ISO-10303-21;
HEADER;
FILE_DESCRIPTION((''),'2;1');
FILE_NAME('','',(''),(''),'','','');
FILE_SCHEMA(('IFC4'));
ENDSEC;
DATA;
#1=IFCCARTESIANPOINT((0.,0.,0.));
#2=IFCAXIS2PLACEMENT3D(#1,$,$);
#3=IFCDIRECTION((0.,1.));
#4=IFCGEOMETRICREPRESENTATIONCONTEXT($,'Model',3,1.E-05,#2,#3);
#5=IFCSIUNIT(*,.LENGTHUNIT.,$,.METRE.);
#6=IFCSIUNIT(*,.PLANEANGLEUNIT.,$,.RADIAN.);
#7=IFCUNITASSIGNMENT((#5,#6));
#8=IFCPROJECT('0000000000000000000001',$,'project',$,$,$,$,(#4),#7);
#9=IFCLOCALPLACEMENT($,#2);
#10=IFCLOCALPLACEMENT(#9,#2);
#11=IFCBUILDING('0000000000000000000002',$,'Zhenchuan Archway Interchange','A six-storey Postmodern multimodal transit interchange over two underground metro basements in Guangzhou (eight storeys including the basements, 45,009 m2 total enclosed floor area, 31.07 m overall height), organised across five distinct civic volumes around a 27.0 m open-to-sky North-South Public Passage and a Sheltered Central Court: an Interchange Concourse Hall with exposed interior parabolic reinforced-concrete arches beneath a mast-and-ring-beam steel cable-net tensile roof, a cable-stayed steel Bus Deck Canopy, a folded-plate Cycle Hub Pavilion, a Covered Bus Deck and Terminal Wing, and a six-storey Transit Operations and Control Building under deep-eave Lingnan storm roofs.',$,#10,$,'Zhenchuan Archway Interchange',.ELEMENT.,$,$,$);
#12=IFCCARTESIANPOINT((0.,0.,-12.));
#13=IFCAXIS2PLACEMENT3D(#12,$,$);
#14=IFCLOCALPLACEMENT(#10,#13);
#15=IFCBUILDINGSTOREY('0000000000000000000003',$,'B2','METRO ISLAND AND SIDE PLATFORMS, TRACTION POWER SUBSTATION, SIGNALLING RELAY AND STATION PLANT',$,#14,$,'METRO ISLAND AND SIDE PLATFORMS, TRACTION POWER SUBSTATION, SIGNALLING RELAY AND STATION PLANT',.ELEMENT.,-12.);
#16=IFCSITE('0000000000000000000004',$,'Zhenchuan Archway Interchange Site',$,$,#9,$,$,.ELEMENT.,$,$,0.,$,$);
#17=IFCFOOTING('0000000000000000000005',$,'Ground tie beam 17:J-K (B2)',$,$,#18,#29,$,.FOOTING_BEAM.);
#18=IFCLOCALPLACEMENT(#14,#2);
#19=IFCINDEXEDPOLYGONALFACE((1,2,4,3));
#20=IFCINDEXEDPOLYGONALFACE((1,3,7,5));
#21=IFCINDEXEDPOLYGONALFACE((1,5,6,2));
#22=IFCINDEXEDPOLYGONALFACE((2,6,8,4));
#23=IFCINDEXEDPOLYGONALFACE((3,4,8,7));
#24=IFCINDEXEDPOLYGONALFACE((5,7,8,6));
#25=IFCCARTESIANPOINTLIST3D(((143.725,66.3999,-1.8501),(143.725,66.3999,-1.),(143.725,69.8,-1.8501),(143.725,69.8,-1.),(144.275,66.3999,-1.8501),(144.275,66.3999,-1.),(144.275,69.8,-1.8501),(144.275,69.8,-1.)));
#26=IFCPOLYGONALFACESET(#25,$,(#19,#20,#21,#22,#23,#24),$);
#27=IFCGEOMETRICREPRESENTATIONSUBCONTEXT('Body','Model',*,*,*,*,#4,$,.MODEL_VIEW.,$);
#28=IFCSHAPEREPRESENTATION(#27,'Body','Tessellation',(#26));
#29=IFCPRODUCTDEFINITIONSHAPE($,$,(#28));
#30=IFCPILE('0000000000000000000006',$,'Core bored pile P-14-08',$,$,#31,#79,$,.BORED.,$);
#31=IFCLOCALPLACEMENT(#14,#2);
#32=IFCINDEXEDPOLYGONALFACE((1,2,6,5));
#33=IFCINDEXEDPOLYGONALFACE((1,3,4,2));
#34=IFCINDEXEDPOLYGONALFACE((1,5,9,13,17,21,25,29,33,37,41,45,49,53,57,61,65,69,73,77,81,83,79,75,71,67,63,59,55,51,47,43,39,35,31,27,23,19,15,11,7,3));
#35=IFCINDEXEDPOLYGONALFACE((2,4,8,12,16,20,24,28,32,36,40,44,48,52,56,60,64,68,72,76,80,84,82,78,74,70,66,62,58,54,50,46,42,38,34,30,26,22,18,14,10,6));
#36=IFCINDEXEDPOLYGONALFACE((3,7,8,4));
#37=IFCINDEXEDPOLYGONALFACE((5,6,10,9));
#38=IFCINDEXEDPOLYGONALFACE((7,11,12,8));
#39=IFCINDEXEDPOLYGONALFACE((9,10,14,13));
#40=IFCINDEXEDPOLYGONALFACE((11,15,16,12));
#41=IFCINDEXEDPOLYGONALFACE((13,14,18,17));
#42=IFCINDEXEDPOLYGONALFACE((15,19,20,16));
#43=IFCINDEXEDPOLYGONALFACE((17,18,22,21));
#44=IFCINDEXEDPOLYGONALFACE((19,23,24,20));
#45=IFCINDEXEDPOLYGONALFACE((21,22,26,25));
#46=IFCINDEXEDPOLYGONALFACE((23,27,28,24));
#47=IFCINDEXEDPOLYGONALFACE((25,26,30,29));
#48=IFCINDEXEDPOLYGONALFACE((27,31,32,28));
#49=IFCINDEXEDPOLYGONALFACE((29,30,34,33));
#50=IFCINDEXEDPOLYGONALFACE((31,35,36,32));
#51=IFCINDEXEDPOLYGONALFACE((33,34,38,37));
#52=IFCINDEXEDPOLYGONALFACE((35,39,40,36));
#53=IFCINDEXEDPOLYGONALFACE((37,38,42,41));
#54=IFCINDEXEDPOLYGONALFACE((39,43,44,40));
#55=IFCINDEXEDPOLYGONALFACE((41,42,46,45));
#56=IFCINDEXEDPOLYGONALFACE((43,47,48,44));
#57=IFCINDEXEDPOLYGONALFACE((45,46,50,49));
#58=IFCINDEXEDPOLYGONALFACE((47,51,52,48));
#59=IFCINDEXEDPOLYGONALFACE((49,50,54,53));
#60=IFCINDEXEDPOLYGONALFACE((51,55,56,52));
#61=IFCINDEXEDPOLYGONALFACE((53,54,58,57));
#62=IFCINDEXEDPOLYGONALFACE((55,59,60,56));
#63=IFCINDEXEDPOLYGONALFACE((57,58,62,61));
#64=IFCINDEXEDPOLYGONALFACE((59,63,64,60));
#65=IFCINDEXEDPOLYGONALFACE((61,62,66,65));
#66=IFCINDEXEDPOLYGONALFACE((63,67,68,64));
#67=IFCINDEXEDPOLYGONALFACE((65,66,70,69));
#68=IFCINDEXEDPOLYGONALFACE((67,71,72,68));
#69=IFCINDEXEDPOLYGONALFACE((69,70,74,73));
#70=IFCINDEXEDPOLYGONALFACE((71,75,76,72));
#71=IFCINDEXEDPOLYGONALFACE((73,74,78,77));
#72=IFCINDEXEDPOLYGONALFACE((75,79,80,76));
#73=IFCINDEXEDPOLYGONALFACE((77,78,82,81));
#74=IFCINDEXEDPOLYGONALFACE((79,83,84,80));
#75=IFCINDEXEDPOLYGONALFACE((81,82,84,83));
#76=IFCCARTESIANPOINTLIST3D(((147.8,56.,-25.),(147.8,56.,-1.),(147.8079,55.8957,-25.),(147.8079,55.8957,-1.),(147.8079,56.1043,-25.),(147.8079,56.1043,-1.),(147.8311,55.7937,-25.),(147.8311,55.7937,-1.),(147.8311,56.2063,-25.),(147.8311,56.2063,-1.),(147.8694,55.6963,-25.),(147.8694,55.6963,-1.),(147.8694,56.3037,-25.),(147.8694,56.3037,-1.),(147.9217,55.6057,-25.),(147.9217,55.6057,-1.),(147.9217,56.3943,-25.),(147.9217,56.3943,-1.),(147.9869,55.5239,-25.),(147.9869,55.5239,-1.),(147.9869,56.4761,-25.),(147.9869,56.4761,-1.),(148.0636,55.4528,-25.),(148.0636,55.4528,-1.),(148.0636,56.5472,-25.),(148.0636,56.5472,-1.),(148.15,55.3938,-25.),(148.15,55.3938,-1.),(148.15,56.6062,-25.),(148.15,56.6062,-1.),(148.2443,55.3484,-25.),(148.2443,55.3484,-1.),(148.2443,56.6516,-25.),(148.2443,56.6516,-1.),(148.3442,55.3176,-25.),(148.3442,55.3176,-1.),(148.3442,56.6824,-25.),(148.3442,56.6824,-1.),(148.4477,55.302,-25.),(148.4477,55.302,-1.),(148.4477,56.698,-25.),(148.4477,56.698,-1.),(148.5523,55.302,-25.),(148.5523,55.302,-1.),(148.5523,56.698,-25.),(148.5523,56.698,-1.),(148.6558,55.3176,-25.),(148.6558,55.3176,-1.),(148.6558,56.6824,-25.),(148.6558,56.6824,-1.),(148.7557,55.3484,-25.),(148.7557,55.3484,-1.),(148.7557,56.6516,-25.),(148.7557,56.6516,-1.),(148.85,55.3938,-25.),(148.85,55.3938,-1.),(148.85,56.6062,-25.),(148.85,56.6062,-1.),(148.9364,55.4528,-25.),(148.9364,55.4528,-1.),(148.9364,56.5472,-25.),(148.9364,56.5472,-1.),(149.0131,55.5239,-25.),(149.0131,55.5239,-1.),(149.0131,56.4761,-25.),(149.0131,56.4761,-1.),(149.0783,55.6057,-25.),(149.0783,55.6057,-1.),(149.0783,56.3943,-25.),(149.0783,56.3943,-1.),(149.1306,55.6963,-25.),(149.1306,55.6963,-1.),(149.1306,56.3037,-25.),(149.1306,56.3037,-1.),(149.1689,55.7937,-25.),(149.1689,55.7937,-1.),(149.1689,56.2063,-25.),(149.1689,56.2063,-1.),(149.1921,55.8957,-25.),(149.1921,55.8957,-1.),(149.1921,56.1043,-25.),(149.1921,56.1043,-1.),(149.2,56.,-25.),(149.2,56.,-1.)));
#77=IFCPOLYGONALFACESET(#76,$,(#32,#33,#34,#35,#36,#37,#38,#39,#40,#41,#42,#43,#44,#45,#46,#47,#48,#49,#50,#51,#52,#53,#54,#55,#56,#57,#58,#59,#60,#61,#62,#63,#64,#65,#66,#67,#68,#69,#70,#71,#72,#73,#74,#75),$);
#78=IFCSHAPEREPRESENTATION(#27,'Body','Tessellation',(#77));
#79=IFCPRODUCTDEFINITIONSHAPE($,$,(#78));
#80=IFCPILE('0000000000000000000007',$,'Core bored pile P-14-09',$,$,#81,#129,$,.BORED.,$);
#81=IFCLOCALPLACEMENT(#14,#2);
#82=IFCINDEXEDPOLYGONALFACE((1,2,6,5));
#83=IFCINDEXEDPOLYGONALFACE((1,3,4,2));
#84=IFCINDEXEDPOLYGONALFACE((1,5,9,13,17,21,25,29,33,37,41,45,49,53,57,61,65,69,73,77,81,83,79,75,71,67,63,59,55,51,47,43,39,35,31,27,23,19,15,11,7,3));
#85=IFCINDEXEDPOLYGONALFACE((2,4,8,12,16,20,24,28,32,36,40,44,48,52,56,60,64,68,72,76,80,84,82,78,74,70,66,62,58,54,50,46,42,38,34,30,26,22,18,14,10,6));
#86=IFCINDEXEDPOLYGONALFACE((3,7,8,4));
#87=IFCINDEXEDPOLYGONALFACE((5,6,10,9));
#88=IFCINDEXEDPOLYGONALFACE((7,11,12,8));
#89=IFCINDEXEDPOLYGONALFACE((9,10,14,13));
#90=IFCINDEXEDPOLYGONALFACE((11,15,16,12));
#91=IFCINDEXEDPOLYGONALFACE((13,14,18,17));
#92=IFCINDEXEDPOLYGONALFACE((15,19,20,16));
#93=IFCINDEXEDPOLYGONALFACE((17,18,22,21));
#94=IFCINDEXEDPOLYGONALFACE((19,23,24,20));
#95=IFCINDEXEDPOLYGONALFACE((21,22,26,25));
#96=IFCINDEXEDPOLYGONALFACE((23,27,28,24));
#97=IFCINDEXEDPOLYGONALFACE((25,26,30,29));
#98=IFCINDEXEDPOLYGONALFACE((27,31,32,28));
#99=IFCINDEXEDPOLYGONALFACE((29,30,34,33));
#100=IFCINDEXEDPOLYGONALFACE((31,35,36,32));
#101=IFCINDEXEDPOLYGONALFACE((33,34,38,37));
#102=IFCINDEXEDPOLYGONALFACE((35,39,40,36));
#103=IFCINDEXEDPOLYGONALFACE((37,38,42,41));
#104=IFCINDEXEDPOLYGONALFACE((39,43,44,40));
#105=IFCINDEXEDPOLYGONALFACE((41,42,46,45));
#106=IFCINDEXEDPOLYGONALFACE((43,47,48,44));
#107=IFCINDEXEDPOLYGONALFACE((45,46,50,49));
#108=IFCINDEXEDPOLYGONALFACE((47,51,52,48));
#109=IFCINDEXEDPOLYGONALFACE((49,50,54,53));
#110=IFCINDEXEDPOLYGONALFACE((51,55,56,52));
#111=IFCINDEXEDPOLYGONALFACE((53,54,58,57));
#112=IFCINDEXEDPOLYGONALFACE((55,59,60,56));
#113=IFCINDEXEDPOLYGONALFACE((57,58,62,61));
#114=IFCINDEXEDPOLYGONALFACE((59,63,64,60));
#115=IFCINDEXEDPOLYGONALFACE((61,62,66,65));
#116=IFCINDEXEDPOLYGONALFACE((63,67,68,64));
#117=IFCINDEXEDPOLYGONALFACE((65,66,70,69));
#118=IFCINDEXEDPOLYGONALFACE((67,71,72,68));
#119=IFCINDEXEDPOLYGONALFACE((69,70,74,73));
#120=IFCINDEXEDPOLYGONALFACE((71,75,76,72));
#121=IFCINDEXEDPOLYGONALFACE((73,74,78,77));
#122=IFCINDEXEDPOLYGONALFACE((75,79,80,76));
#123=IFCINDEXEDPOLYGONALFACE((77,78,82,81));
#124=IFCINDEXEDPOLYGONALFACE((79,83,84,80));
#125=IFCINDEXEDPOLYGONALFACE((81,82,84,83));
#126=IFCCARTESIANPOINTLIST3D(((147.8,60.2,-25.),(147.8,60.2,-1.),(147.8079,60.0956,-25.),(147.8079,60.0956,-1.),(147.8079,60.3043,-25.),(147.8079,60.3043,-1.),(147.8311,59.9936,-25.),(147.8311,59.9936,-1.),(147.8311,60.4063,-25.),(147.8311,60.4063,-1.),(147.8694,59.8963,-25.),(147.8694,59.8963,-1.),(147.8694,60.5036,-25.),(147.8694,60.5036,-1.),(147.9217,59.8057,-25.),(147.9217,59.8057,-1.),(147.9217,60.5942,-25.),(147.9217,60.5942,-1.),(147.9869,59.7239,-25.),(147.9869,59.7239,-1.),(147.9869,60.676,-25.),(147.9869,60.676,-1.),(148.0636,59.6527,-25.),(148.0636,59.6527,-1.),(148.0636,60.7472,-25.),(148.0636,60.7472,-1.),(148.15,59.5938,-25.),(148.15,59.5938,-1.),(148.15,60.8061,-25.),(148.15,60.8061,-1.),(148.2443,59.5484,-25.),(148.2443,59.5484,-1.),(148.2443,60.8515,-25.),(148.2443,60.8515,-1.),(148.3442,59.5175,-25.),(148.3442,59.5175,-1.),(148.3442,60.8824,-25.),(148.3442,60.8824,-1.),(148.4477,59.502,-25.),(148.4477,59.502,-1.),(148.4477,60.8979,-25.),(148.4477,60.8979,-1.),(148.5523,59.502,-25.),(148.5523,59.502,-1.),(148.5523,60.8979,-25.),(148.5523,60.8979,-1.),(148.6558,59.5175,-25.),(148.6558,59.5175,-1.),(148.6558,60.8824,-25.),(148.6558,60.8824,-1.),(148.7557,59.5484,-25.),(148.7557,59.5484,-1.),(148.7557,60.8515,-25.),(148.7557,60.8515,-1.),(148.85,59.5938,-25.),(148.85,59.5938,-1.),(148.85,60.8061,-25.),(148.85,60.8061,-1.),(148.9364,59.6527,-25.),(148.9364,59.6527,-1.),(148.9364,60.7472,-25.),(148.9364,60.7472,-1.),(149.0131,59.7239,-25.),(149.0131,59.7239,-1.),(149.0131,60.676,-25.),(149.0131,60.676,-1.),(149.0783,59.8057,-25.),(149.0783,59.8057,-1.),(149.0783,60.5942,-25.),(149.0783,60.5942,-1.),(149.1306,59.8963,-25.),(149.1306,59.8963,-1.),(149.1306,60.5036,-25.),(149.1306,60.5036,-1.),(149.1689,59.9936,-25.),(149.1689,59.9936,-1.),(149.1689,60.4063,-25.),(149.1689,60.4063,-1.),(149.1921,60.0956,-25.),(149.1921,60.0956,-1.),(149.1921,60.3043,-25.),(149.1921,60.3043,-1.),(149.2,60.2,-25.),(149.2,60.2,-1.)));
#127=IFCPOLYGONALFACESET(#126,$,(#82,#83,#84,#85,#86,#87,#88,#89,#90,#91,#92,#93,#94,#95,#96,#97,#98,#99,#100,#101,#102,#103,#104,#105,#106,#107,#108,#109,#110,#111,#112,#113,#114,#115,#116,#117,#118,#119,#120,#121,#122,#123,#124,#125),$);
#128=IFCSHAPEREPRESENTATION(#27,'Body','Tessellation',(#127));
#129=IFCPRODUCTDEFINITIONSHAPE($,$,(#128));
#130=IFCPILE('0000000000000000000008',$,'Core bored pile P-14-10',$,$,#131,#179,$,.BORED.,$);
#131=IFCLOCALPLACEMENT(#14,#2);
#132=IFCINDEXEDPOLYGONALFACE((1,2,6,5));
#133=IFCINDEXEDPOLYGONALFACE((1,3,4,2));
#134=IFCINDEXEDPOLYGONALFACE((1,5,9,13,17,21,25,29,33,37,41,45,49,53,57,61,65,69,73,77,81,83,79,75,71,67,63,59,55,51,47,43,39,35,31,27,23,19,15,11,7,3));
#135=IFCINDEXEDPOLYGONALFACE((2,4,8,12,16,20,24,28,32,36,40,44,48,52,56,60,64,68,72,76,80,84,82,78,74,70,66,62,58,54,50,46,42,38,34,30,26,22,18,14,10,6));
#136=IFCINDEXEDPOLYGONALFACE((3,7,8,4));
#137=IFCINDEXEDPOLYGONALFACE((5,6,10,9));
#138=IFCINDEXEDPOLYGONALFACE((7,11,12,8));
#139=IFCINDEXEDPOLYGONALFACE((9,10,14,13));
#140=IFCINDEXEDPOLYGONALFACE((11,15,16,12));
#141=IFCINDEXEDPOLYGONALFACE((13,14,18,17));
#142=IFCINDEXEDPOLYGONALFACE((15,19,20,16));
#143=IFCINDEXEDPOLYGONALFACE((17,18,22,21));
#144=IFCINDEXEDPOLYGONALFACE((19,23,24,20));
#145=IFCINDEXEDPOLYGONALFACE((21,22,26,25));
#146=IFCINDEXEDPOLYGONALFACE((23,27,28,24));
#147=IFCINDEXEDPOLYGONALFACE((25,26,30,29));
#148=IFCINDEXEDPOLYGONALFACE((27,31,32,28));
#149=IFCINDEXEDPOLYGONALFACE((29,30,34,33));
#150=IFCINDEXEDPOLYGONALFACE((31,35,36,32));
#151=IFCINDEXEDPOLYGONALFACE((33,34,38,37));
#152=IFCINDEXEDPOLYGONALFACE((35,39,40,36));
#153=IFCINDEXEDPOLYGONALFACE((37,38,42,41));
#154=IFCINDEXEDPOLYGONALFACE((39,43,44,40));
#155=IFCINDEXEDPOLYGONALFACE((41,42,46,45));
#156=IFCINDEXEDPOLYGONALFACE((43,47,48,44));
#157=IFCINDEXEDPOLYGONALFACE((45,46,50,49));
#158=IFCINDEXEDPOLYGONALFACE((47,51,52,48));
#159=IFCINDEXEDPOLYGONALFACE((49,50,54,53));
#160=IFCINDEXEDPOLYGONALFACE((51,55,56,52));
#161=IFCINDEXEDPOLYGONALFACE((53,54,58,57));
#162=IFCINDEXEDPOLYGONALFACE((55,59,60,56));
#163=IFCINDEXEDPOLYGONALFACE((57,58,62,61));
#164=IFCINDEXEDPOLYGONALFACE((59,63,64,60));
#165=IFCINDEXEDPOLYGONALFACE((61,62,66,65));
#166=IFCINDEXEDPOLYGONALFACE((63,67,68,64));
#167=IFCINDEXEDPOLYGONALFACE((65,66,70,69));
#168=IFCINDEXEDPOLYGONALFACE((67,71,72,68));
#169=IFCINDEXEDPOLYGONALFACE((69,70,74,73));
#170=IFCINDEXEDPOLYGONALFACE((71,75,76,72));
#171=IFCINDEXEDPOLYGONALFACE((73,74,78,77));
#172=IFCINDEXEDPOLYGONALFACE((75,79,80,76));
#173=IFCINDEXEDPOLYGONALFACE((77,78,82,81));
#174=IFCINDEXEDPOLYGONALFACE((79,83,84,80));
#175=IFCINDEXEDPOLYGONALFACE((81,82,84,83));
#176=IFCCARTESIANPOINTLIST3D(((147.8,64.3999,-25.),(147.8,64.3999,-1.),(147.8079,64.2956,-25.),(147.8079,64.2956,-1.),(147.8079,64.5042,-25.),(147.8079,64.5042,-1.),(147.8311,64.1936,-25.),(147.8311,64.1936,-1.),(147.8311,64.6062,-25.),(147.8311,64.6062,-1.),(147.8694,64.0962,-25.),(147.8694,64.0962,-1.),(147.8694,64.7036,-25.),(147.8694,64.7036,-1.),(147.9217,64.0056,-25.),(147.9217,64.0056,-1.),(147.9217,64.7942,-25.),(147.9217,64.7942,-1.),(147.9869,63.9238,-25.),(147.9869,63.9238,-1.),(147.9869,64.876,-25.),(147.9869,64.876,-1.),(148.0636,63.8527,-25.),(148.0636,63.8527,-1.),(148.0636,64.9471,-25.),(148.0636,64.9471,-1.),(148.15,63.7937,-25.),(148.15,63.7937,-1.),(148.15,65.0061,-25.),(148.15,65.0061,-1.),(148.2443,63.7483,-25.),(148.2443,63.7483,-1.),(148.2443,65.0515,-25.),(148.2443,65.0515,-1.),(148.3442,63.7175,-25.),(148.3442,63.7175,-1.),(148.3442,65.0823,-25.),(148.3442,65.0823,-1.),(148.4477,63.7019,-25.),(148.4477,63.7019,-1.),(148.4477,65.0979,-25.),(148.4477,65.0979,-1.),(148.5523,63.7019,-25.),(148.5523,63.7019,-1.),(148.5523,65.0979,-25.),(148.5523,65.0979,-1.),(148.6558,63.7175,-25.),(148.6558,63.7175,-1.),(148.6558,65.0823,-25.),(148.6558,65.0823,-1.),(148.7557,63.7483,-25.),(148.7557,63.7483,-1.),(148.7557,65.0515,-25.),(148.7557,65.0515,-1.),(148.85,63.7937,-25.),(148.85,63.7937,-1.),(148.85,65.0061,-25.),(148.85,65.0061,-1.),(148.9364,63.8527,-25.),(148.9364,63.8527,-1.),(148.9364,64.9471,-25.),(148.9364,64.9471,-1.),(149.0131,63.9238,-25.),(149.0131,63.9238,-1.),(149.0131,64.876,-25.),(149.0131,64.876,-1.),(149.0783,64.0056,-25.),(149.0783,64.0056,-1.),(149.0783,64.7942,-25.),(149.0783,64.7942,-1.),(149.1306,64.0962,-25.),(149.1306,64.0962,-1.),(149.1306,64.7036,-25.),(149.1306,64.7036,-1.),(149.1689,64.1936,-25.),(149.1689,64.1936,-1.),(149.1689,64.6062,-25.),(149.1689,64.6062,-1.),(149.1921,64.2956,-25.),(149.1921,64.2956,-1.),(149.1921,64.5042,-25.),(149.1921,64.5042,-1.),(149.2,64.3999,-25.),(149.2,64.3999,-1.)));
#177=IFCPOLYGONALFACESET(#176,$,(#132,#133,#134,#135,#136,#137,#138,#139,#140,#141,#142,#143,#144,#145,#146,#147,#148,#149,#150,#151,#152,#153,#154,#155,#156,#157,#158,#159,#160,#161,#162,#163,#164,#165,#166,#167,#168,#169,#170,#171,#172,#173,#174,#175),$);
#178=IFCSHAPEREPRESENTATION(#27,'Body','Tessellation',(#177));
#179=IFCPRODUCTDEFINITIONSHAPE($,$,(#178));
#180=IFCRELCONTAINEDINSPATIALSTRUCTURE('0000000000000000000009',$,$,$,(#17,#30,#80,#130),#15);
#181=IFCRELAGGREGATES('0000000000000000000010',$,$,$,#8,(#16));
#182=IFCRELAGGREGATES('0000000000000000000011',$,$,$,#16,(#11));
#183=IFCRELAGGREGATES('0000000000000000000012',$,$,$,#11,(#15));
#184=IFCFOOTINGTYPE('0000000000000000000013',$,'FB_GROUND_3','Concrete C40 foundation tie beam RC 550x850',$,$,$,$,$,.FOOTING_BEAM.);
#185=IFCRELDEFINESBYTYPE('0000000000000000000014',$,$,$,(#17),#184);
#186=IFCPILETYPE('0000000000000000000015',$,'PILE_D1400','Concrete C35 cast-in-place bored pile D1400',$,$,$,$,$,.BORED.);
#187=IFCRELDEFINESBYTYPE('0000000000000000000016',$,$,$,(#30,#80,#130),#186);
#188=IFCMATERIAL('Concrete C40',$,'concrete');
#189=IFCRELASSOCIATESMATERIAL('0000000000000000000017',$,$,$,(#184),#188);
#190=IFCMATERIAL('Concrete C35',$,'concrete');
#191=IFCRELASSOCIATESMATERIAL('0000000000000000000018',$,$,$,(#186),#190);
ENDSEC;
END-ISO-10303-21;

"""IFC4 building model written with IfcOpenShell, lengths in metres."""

from ifc_helpers import new_model, si_unit, direction, frame, origin, origin_2d, place, context, subcontext, project, spatial, rectangle, circle, extrude, material, material_profile, profile_set, type_object, element, save


model = new_model("IFC4")

# Units and contexts
model_context = context("Model", 3, precision=1e-05, world=origin(), true_north=direction((0.0, 1.0)))
body_context = subcontext(model_context, "Body", "Model", "MODEL_VIEW")
ifc_project = project(units=[si_unit("LENGTHUNIT", "METRE"), si_unit("PLANEANGLEUNIT", "RADIAN")], contexts=[model_context])

# Site, building, storey
site_placement = place(None, origin())
site = spatial("IfcSite", under=ifc_project, at=site_placement, Name="Zhenchuan Archway Interchange Site", CompositionType="ELEMENT", RefElevation=0.0)
building_placement = place(site_placement, origin())
building = spatial("IfcBuilding", under=site, at=building_placement, Name="Zhenchuan Archway Interchange", Description="A six-storey Postmodern multimodal transit interchange over two underground metro basements in Guangzhou (eight storeys including the basements, 45,009 m2 total enclosed floor area, 31.07 m overall height), organised across five distinct civic volumes around a 27.0 m open-to-sky North-South Public Passage and a Sheltered Central Court: an Interchange Concourse Hall with exposed interior parabolic reinforced-concrete arches beneath a mast-and-ring-beam steel cable-net tensile roof, a cable-stayed steel Bus Deck Canopy, a folded-plate Cycle Hub Pavilion, a Covered Bus Deck and Terminal Wing, and a six-storey Transit Operations and Control Building under deep-eave Lingnan storm roofs.", LongName="Zhenchuan Archway Interchange", CompositionType="ELEMENT")
storey_placement = place(building_placement, frame((0.0, 0.0, -12.0)))
storey = spatial("IfcBuildingStorey", under=building, at=storey_placement, Name="B2", Description="METRO ISLAND AND SIDE PLATFORMS, TRACTION POWER SUBSTATION, SIGNALLING RELAY AND STATION PLANT", LongName="METRO ISLAND AND SIDE PLATFORMS, TRACTION POWER SUBSTATION, SIGNALLING RELAY AND STATION PLANT", CompositionType="ELEMENT", Elevation=-12.0)

# Footing
ifc_material_1 = material(Name="Concrete C40", Category="concrete")
ifc_material_profile_1 = material_profile(ifc_material_1, rectangle(XDim=0.55, YDim=0.8501, at=origin_2d()), Name="RC 550x850")
ifc_profile_set_1 = profile_set([ifc_material_profile_1], Name="Concrete C40")
footing_type = type_object("IfcFootingType", Name="FB_GROUND_3", Description="Concrete C40 foundation tie beam RC 550x850", PredefinedType="FOOTING_BEAM", material=ifc_profile_set_1)
footing_placement = place(storey_placement, frame((144.0, 66.3999, -1.425), z_axis=(0.0, 1.0, 0.0), x_axis=(-1.0, 0.0, 0.0)))
element("IfcFooting", 1, at=footing_placement, inside=storey, type_object=footing_type, Name="Ground tie beam 17:J-K (B2)", PredefinedType="FOOTING_BEAM", context=body_context, shape_type="SweptSolid", body=[
    extrude(rectangle(XDim=0.55, YDim=0.8501, at=origin_2d()), origin(), (0.0, 0.0, 1.0), 3.4001),
])

# Piles
ifc_material_2 = material(Name="Concrete C35", Category="concrete")
ifc_material_profile_2 = material_profile(ifc_material_2, circle(Radius=0.7, at=origin_2d()), Name="BORED PILE 1400")
ifc_profile_set_2 = profile_set([ifc_material_profile_2], Name="Concrete C35")
pile_type = type_object("IfcPileType", Name="PILE_D1400", Description="Concrete C35 cast-in-place bored pile D1400", PredefinedType="BORED", material=ifc_profile_set_2)
for number, where, z_axis, x_axis, name in (
    (2, (148.5, 56.0, -1.0), (0.0, 0.0, -1.0), (1.0, 0.0, 0.0), "Core bored pile P-14-08"),
    (3, (148.5, 60.2, -1.0), (0.0, 0.0, -1.0), (1.0, 0.0, 0.0), "Core bored pile P-14-09"),
    (4, (148.5, 64.3999, -1.0), (0.0, 0.0, -1.0), (1.0, 0.0, 0.0), "Core bored pile P-14-10"),
):
    element("IfcPile", number, at=place(storey_placement, frame(where, z_axis=z_axis, x_axis=x_axis)), inside=storey, type_object=pile_type, Name=name, PredefinedType="BORED", context=body_context, shape_type="SweptSolid", body=[
        extrude(circle(Radius=0.7, at=origin_2d()), origin(), (0.0, 0.0, 1.0), 24.0),
    ])

save(model, "model.ifc")
